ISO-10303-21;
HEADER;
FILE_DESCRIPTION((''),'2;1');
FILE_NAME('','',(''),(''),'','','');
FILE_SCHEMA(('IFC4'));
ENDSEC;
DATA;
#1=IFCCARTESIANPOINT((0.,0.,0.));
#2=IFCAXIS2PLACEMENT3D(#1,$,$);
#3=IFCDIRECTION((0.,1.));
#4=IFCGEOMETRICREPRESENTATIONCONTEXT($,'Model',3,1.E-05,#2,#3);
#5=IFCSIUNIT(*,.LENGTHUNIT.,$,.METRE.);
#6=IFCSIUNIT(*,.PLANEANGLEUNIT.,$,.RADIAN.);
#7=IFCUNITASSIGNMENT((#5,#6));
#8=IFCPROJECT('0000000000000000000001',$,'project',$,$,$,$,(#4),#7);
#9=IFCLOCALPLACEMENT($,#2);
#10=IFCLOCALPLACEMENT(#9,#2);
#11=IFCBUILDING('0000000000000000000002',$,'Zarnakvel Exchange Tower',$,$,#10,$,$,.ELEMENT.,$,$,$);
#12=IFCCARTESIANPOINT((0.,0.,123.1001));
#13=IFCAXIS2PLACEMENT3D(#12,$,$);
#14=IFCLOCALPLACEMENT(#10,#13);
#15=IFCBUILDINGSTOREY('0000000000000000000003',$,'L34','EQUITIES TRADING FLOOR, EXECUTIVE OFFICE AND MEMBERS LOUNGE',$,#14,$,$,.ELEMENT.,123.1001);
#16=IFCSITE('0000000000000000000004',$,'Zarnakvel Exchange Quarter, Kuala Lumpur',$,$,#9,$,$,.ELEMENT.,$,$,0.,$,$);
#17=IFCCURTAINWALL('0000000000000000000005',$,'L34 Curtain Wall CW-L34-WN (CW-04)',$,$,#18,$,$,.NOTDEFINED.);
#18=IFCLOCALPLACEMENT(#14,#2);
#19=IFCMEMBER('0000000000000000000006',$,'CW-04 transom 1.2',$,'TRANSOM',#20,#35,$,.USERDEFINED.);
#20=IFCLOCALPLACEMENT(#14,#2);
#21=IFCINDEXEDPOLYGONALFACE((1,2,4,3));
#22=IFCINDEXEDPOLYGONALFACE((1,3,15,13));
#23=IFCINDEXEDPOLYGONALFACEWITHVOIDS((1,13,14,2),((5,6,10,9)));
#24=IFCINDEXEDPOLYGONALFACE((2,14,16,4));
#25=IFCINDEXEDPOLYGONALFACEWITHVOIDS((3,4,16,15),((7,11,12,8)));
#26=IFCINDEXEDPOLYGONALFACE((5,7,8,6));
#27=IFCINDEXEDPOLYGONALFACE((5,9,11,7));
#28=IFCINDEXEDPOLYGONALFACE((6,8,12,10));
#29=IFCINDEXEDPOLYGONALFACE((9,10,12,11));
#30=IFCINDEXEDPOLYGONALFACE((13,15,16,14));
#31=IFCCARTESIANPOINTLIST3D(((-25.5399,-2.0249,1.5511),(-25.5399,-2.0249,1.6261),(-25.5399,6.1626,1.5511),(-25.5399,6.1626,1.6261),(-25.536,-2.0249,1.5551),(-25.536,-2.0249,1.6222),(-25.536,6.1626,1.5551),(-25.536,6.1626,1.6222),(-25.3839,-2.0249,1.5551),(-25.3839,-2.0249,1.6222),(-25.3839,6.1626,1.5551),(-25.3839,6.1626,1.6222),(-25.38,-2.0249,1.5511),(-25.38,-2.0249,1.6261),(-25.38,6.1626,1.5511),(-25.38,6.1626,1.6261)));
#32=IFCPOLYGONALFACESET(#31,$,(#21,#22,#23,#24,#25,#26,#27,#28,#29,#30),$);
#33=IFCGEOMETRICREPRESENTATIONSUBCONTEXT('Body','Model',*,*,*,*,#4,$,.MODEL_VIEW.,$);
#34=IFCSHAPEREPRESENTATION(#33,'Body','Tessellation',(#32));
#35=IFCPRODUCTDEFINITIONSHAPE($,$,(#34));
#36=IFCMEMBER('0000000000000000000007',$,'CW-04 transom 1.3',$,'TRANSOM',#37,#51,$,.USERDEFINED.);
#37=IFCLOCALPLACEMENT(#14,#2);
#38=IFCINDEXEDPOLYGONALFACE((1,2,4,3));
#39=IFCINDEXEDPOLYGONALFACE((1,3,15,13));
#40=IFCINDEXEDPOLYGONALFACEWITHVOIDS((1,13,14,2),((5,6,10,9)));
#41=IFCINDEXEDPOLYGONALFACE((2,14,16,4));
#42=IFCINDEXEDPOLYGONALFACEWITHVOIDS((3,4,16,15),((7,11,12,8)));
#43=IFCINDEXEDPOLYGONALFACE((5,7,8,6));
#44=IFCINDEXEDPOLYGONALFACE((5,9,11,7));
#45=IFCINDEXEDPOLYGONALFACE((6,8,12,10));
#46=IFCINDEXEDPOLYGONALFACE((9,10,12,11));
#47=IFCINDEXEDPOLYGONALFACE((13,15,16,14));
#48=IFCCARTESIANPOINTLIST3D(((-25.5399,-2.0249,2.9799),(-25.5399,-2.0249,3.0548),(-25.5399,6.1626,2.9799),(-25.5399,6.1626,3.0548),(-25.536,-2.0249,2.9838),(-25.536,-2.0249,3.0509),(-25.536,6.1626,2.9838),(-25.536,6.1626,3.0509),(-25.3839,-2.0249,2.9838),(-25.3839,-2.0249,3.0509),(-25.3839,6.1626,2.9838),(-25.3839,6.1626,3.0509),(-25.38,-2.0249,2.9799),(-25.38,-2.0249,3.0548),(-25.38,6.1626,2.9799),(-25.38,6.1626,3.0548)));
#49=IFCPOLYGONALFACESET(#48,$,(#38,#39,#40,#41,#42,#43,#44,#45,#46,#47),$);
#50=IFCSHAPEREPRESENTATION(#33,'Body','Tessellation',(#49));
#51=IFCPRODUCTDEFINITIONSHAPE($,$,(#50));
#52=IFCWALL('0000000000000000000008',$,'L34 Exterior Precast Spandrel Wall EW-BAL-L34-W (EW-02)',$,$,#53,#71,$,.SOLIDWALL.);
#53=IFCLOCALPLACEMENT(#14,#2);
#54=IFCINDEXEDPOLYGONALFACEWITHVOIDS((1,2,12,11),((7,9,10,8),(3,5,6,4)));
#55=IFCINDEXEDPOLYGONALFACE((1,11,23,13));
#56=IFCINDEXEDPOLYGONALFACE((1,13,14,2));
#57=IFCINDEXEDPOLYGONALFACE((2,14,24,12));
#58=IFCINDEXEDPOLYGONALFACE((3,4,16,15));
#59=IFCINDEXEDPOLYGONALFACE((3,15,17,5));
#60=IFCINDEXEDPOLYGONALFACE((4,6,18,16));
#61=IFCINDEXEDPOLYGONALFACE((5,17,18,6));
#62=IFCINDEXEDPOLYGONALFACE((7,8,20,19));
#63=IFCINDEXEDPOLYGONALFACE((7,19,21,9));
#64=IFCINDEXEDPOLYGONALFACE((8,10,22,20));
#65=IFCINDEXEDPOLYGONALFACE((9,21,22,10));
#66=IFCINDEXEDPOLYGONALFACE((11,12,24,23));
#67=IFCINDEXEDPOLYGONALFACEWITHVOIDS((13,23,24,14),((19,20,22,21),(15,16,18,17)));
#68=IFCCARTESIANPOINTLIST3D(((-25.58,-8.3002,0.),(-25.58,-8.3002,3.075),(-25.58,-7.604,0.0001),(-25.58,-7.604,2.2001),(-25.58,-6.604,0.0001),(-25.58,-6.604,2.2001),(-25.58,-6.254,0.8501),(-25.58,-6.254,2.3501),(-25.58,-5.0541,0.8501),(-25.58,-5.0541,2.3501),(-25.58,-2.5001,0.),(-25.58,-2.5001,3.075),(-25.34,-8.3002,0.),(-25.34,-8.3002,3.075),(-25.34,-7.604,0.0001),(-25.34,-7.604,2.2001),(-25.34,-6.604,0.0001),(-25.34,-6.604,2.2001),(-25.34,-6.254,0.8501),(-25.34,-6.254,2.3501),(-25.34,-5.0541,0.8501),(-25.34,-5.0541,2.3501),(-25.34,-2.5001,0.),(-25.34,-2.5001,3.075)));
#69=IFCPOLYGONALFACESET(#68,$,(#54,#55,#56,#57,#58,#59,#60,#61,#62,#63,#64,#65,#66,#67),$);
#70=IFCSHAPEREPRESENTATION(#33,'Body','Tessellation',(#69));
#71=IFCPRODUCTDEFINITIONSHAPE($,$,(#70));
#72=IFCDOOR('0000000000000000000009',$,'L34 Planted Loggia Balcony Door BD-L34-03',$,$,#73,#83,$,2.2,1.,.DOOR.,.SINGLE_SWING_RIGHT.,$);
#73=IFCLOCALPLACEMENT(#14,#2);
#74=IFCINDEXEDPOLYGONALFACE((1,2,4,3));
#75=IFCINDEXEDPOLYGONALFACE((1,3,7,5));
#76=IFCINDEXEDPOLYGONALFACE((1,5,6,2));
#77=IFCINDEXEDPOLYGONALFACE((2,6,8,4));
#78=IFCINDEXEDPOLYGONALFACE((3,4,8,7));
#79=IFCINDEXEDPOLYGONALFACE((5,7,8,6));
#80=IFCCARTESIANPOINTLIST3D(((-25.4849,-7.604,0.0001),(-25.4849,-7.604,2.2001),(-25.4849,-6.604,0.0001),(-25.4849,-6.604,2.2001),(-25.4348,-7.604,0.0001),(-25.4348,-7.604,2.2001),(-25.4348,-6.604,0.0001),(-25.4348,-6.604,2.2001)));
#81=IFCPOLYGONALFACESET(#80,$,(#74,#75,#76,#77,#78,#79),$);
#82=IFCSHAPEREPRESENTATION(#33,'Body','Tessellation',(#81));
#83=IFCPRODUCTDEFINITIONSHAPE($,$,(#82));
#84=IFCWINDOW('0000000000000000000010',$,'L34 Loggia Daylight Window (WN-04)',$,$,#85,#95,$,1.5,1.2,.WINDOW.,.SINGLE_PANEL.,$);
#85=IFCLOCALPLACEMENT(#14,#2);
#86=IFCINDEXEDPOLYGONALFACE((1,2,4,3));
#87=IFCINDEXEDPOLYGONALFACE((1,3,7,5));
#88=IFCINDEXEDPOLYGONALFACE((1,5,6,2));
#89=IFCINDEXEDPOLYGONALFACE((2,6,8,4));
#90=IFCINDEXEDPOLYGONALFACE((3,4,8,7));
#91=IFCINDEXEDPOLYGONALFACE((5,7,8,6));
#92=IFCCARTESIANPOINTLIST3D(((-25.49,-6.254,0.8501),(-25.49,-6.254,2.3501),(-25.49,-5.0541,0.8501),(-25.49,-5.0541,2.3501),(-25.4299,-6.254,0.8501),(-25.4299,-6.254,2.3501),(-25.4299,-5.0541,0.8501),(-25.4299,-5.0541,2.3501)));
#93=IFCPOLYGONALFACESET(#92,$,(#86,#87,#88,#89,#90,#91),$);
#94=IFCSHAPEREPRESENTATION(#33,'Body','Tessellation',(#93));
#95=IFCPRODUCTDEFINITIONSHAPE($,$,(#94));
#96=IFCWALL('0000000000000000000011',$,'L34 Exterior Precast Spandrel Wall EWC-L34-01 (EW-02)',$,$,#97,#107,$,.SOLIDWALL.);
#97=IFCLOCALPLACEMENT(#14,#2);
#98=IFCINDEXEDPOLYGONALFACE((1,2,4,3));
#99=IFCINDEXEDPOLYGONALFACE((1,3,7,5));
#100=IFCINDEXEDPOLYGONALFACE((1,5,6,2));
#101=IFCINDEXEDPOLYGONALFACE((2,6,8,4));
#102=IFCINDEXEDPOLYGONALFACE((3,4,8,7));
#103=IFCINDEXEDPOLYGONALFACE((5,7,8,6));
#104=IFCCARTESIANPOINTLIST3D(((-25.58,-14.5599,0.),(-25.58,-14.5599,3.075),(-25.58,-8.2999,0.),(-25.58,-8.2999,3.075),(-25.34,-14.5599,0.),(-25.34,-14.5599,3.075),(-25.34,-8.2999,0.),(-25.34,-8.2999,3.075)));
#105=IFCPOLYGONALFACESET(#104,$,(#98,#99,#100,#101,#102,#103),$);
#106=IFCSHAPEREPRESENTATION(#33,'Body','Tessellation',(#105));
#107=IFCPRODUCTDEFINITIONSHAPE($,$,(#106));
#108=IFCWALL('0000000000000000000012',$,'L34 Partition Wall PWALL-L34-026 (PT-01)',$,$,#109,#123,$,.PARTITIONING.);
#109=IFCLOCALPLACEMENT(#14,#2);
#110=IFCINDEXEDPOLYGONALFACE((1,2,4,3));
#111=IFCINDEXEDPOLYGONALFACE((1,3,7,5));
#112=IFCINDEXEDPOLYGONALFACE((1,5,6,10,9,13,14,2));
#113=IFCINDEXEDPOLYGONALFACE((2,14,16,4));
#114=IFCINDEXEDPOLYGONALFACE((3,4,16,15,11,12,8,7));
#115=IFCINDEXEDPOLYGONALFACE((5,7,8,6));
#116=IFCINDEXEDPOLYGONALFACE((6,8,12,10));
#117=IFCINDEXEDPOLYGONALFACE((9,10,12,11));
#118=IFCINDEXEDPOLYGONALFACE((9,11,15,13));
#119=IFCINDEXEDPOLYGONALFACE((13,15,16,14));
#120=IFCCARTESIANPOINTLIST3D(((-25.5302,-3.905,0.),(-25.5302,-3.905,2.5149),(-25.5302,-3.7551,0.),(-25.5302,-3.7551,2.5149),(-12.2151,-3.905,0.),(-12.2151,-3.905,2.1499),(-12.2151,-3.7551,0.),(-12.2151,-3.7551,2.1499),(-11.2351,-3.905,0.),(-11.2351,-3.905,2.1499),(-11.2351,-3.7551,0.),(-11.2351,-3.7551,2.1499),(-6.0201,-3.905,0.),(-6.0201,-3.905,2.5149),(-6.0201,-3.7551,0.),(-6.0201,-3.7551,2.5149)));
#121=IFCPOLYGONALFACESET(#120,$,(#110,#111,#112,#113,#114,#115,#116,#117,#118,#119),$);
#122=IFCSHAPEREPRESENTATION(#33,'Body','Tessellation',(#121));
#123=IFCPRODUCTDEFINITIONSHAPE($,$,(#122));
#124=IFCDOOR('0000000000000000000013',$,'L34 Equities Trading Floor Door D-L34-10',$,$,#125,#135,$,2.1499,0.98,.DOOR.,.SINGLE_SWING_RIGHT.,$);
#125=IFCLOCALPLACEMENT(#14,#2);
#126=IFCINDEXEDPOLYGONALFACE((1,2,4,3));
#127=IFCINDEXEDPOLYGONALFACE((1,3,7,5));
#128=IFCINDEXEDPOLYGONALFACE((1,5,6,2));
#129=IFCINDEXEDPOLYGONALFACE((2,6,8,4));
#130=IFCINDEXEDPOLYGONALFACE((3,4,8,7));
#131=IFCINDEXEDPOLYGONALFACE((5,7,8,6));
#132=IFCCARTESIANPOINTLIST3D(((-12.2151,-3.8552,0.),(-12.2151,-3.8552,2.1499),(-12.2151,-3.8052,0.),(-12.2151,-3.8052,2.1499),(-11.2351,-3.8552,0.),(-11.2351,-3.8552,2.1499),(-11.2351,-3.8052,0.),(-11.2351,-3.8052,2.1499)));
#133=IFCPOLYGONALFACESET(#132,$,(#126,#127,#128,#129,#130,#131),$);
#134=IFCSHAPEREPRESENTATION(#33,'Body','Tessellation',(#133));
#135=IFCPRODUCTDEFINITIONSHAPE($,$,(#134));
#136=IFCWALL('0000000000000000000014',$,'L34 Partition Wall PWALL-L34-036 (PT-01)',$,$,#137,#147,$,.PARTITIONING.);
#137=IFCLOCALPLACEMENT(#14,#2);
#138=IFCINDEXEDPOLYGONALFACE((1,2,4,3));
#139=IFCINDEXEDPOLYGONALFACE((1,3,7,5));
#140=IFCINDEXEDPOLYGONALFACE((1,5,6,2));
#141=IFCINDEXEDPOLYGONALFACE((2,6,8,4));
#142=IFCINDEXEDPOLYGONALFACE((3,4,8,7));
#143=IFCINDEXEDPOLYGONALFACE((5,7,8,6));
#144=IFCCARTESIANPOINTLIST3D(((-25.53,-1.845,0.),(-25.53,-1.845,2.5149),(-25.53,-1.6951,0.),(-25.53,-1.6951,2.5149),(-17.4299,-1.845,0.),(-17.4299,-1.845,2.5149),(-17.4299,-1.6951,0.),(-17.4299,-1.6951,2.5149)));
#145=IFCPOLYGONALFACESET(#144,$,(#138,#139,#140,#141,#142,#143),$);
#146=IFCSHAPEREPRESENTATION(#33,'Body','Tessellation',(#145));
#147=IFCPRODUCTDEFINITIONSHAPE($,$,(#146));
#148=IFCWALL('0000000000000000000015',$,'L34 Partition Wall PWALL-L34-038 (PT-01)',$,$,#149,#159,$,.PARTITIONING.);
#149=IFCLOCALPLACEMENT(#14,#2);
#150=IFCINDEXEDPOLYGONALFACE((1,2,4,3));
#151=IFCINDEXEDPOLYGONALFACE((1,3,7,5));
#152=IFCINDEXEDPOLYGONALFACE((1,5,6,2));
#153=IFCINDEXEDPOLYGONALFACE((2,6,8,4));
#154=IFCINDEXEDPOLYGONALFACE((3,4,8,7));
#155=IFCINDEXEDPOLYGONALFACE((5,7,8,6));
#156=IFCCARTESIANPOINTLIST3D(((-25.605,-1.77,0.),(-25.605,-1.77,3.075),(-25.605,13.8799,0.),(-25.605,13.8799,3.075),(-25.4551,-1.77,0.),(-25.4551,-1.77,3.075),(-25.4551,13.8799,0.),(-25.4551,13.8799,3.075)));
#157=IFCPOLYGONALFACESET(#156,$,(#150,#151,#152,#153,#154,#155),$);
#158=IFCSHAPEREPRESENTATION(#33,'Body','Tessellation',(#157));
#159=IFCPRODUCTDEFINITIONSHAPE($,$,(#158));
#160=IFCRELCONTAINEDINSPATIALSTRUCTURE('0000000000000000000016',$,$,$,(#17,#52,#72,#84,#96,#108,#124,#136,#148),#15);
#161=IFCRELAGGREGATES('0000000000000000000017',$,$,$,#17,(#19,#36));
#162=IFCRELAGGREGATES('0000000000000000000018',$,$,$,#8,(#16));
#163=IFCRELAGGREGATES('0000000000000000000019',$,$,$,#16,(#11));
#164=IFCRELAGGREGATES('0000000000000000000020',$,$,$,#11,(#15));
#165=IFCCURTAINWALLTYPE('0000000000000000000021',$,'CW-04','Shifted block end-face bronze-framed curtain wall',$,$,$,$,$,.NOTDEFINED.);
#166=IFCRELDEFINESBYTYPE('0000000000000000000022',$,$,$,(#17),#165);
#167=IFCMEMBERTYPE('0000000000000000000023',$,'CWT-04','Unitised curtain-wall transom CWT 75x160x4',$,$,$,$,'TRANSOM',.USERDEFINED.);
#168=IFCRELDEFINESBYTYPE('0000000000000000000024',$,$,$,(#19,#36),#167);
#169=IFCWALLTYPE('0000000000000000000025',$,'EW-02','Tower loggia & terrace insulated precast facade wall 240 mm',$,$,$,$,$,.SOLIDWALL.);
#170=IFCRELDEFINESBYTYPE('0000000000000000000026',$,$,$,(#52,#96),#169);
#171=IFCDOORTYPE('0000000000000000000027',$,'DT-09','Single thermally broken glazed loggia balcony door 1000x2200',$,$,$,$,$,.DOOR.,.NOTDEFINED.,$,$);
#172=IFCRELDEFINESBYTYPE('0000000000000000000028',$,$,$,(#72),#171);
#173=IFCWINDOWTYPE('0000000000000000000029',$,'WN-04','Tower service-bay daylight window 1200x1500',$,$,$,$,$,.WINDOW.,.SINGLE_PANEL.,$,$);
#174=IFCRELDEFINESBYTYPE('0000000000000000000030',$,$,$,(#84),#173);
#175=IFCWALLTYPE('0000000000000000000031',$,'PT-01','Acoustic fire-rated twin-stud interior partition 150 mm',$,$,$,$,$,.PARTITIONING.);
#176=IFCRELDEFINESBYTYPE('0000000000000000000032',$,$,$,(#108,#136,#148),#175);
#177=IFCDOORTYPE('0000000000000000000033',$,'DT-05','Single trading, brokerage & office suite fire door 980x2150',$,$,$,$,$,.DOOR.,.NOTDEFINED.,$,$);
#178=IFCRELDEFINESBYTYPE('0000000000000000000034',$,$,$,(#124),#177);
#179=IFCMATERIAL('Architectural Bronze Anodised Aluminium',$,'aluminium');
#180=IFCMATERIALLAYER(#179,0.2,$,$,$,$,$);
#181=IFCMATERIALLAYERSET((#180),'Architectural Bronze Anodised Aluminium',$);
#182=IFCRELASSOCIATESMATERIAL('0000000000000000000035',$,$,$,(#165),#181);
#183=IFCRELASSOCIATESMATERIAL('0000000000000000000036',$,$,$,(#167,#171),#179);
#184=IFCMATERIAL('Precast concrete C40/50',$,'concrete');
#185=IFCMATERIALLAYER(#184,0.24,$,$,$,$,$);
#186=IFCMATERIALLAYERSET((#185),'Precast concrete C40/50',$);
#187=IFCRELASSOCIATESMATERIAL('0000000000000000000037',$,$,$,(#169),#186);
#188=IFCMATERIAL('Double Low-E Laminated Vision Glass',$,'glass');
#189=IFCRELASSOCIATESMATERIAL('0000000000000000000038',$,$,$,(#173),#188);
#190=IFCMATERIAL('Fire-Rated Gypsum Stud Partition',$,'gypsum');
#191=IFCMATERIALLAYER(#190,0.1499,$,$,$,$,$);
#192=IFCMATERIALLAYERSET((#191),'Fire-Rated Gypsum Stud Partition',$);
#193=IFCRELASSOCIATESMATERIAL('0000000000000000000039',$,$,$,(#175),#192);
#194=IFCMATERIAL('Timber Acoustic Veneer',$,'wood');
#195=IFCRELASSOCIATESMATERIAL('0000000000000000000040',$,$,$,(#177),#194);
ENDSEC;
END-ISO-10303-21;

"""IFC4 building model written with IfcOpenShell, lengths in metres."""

from ifc_helpers import new_model, si_unit, direction, frame, frame_2d, origin, origin_2d, place, context, subcontext, project, spatial, rectangle, hollow_rectangle, extrude, source, transform, mapped, material, layer, layer_set, material_profile, profile_set, type_object, element, fill, aggregate, save


model = new_model("IFC4")

# Units and contexts
model_context = context("Model", 3, precision=1e-05, world=origin(), true_north=direction((0.0, 1.0)))
body_context = subcontext(model_context, "Body", "Model", "MODEL_VIEW")
ifc_project = project(units=[si_unit("LENGTHUNIT", "METRE"), si_unit("PLANEANGLEUNIT", "RADIAN")], contexts=[model_context])

# Site, building, storey
site_placement = place(None, origin())
site = spatial("IfcSite", under=ifc_project, at=site_placement, Name="Zarnakvel Exchange Quarter, Kuala Lumpur", CompositionType="ELEMENT", RefElevation=0.0)
building_placement = place(site_placement, origin())
building = spatial("IfcBuilding", under=site, at=building_placement, Name="Zarnakvel Exchange Tower", CompositionType="ELEMENT")
storey_placement = place(building_placement, frame((0.0, 0.0, 123.1001)))
storey = spatial("IfcBuildingStorey", under=building, at=storey_placement, Name="L34", Description="EQUITIES TRADING FLOOR, EXECUTIVE OFFICE AND MEMBERS LOUNGE", CompositionType="ELEMENT", Elevation=123.1001)

# Curtain wall, members
ifc_material_1 = material(Name="Architectural Bronze Anodised Aluminium", Category="aluminium")
ifc_layer_1 = layer(ifc_material_1, 0.2)
ifc_layer_set_1 = layer_set([ifc_layer_1], Name="Architectural Bronze Anodised Aluminium")
curtain_wall_type = type_object("IfcCurtainWallType", Name="CW-04", Description="Shifted block end-face bronze-framed curtain wall", PredefinedType="NOTDEFINED", material=ifc_layer_set_1)
curtain_wall_placement = place(storey_placement, origin())
curtain_wall = element("IfcCurtainWall", 1, at=curtain_wall_placement, inside=storey, type_object=curtain_wall_type, Name="L34 Curtain Wall CW-L34-WN (CW-04)", PredefinedType="NOTDEFINED")
ifc_material_profile_1 = material_profile(ifc_material_1, hollow_rectangle(XDim=0.1599, YDim=0.075, WallThickness=0.0039, at=origin_2d()))
ifc_profile_set_1 = profile_set([ifc_material_profile_1], Name="Architectural Bronze Anodised Aluminium")
member_type_1 = type_object("IfcMemberType", Name="CWT-04", Description="Unitised curtain-wall transom CWT 75x160x4", ElementType="TRANSOM", PredefinedType="USERDEFINED", material=ifc_profile_set_1)
shared_shape_1 = source(origin(), body_context, "Body", "SweptSolid", [
    extrude(hollow_rectangle(XDim=0.1599, YDim=0.075, WallThickness=0.0039, at=origin_2d()), origin(), (0.0, 0.0, 1.0), 8.1875),
])
member_1_placement = place(storey_placement, frame((-25.46, -2.0249, 1.5886), z_axis=(0.0, 1.0, 0.0), x_axis=(-1.0, 0.0, 0.0)))
member_1 = element("IfcMember", 2, at=member_1_placement, type_object=member_type_1, Name="CW-04 transom 1.2", ObjectType="TRANSOM", PredefinedType="USERDEFINED", context=body_context, shape_type="MappedRepresentation", body=[
    mapped(shared_shape_1, transform((0.0, 0.0, 0.0), x_axis=(1.0, 0.0, 0.0), y_axis=(0.0, 1.0, 0.0), z_axis=(0.0, 0.0, 1.0), scale=1.0)),
])
member_2_placement = place(storey_placement, frame((-25.46, -2.0249, 3.0173), z_axis=(0.0, 1.0, 0.0), x_axis=(-1.0, 0.0, 0.0)))
member_2 = element("IfcMember", 3, at=member_2_placement, type_object=member_type_1, Name="CW-04 transom 1.3", ObjectType="TRANSOM", PredefinedType="USERDEFINED", context=body_context, shape_type="MappedRepresentation", body=[
    mapped(shared_shape_1, transform((0.0, 0.0, 0.0), x_axis=(1.0, 0.0, 0.0), y_axis=(0.0, 1.0, 0.0), z_axis=(0.0, 0.0, 1.0), scale=1.0)),
])
aggregate(curtain_wall, [member_1, member_2])

# Wall, openings, door, window
ifc_material_2 = material(Name="Precast concrete C40/50", Category="concrete")
ifc_layer_2 = layer(ifc_material_2, 0.24)
ifc_layer_set_2 = layer_set([ifc_layer_2], Name="Precast concrete C40/50")
wall_type_1 = type_object("IfcWallType", Name="EW-02", Description="Tower loggia & terrace insulated precast facade wall 240 mm", PredefinedType="SOLIDWALL", material=ifc_layer_set_2)
wall_1_placement = place(storey_placement, frame((-25.46, -8.3, 0.0), z_axis=(0.0, 0.0, 1.0), x_axis=(0.0, 1.0, 0.0)))
wall_1 = element("IfcWall", 4, at=wall_1_placement, inside=storey, type_object=wall_type_1, Name="L34 Exterior Precast Spandrel Wall EW-BAL-L34-W (EW-02)", PredefinedType="SOLIDWALL", context=body_context, shape_type="SweptSolid", body=[
    extrude(rectangle(XDim=5.8, YDim=0.24, at=frame_2d((2.8999, 0.0))), origin(), (0.0, 0.0, 1.0), 3.075),
])
opening_1_placement = place(wall_1_placement, frame((0.696, 0.0, 0.0)))
opening_1 = element("IfcOpeningElement", 5, at=opening_1_placement, cuts=wall_1, PredefinedType="OPENING", context=body_context, shape_type="SweptSolid", body=[
    extrude(rectangle(XDim=1.0, YDim=2.2, at=frame_2d((0.5, 1.1001))), frame((0.0, 0.1299, 0.0), z_axis=(0.0, -1.0, 0.0), x_axis=(1.0, 0.0, 0.0)), (0.0, 0.0, 1.0), 0.26),
])
opening_2_placement = place(wall_1_placement, frame((2.0459, 0.0, 0.8501)))
opening_2 = element("IfcOpeningElement", 6, at=opening_2_placement, cuts=wall_1, PredefinedType="OPENING", context=body_context, shape_type="SweptSolid", body=[
    extrude(rectangle(XDim=1.2, YDim=1.5, at=frame_2d((0.6001, 0.75))), frame((0.0, 0.1299, 0.0), z_axis=(0.0, -1.0, 0.0), x_axis=(1.0, 0.0, 0.0)), (0.0, 0.0, 1.0), 0.26),
])
door_type_1 = type_object("IfcDoorType", Name="DT-09", Description="Single thermally broken glazed loggia balcony door 1000x2200", OperationType="NOTDEFINED", PredefinedType="DOOR", material=ifc_material_1)
shared_shape_2 = source(origin(), body_context, "Body", "SweptSolid", [
    extrude(rectangle(XDim=1.0, YDim=2.2, at=frame_2d((0.5, 1.1001))), frame((0.0, 0.0249, 0.0), z_axis=(0.0, -1.0, 0.0), x_axis=(1.0, 0.0, 0.0)), (0.0, 0.0, 1.0), 0.05),
])
door_1_placement = place(opening_1_placement, origin())
door_1 = element("IfcDoor", 7, at=door_1_placement, inside=storey, type_object=door_type_1, Name="L34 Planted Loggia Balcony Door BD-L34-03", OperationType="SINGLE_SWING_RIGHT", OverallHeight=2.2, OverallWidth=1.0, PredefinedType="DOOR", context=body_context, shape_type="MappedRepresentation", body=[
    mapped(shared_shape_2, transform((0.0, 0.0, 0.0), x_axis=(1.0, 0.0, 0.0), y_axis=(0.0, 1.0, 0.0), z_axis=(0.0, 0.0, 1.0), scale=1.0)),
])
fill(opening_1, door_1)
ifc_material_3 = material(Name="Double Low-E Laminated Vision Glass", Category="glass")
window_type = type_object("IfcWindowType", Name="WN-04", Description="Tower service-bay daylight window 1200x1500", PartitioningType="SINGLE_PANEL", PredefinedType="WINDOW", material=ifc_material_3)
shared_shape_3 = source(origin(), body_context, "Body", "SweptSolid", [
    extrude(rectangle(XDim=1.2, YDim=1.5, at=frame_2d((0.6001, 0.75))), frame((0.0, 0.03, 0.0), z_axis=(0.0, -1.0, 0.0), x_axis=(1.0, 0.0, 0.0)), (0.0, 0.0, 1.0), 0.0601),
])
window_placement = place(opening_2_placement, origin())
window = element("IfcWindow", 8, at=window_placement, inside=storey, type_object=window_type, Name="L34 Loggia Daylight Window (WN-04)", OverallHeight=1.5, OverallWidth=1.2, PartitioningType="SINGLE_PANEL", PredefinedType="WINDOW", context=body_context, shape_type="MappedRepresentation", body=[
    mapped(shared_shape_3, transform((0.0, 0.0, 0.0), x_axis=(1.0, 0.0, 0.0), y_axis=(0.0, 1.0, 0.0), z_axis=(0.0, 0.0, 1.0), scale=1.0)),
])
fill(opening_2, window)

# Wall
wall_2_placement = place(storey_placement, frame((-25.46, -8.3, 0.0), z_axis=(0.0, 0.0, 1.0), x_axis=(0.0, -1.0, 0.0)))
element("IfcWall", 9, at=wall_2_placement, inside=storey, type_object=wall_type_1, Name="L34 Exterior Precast Spandrel Wall EWC-L34-01 (EW-02)", PredefinedType="SOLIDWALL", context=body_context, shape_type="SweptSolid", body=[
    extrude(rectangle(XDim=6.26, YDim=0.24, at=frame_2d((3.1299, 0.0))), origin(), (0.0, 0.0, 1.0), 3.075),
])

# Wall, opening, door
ifc_material_4 = material(Name="Fire-Rated Gypsum Stud Partition", Category="gypsum")
ifc_layer_3 = layer(ifc_material_4, 0.1499)
ifc_layer_set_3 = layer_set([ifc_layer_3], Name="Fire-Rated Gypsum Stud Partition")
wall_type_2 = type_object("IfcWallType", Name="PT-01", Description="Acoustic fire-rated twin-stud interior partition 150 mm", PredefinedType="PARTITIONING", material=ifc_layer_set_3)
wall_3_placement = place(storey_placement, frame((-25.53, -3.8301, 0.0), z_axis=(0.0, 0.0, 1.0), x_axis=(1.0, 0.0, 0.0)))
wall_3 = element("IfcWall", 10, at=wall_3_placement, inside=storey, type_object=wall_type_2, Name="L34 Partition Wall PWALL-L34-026 (PT-01)", PredefinedType="PARTITIONING", context=body_context, shape_type="SweptSolid", body=[
    extrude(rectangle(XDim=19.51, YDim=0.1499, at=frame_2d((9.7549, 0.0))), origin(), (0.0, 0.0, 1.0), 2.5149),
])
opening_3_placement = place(wall_3_placement, frame((13.3149, 0.0, 0.0)))
opening_3 = element("IfcOpeningElement", 11, at=opening_3_placement, cuts=wall_3, PredefinedType="OPENING", context=body_context, shape_type="SweptSolid", body=[
    extrude(rectangle(XDim=0.98, YDim=2.1499, at=frame_2d((0.49, 1.075))), frame((0.0, 0.085, 0.0), z_axis=(0.0, -1.0, 0.0), x_axis=(1.0, 0.0, 0.0)), (0.0, 0.0, 1.0), 0.1699),
])
ifc_material_5 = material(Name="Timber Acoustic Veneer", Category="wood")
door_type_2 = type_object("IfcDoorType", Name="DT-05", Description="Single trading, brokerage & office suite fire door 980x2150", OperationType="NOTDEFINED", PredefinedType="DOOR", material=ifc_material_5)
shared_shape_4 = source(origin(), body_context, "Body", "SweptSolid", [
    extrude(rectangle(XDim=0.98, YDim=2.1499, at=frame_2d((0.49, 1.075))), frame((0.0, 0.0249, 0.0), z_axis=(0.0, -1.0, 0.0), x_axis=(1.0, 0.0, 0.0)), (0.0, 0.0, 1.0), 0.05),
])
door_2_placement = place(opening_3_placement, origin())
door_2 = element("IfcDoor", 12, at=door_2_placement, inside=storey, type_object=door_type_2, Name="L34 Equities Trading Floor Door D-L34-10", OperationType="SINGLE_SWING_RIGHT", OverallHeight=2.1499, OverallWidth=0.98, PredefinedType="DOOR", context=body_context, shape_type="MappedRepresentation", body=[
    mapped(shared_shape_4, transform((0.0, 0.0, 0.0), x_axis=(1.0, 0.0, 0.0), y_axis=(0.0, 1.0, 0.0), z_axis=(0.0, 0.0, 1.0), scale=1.0)),
])
fill(opening_3, door_2)

# Walls
wall_4_placement = place(storey_placement, frame((-17.4299, -1.77, 0.0), z_axis=(0.0, 0.0, 1.0), x_axis=(-1.0, 0.0, 0.0)))
element("IfcWall", 13, at=wall_4_placement, inside=storey, type_object=wall_type_2, Name="L34 Partition Wall PWALL-L34-036 (PT-01)", PredefinedType="PARTITIONING", context=body_context, shape_type="SweptSolid", body=[
    extrude(rectangle(XDim=8.1001, YDim=0.1499, at=frame_2d((4.05, 0.0))), origin(), (0.0, 0.0, 1.0), 2.5149),
])
wall_5_placement = place(storey_placement, frame((-25.53, -1.77, 0.0), z_axis=(0.0, 0.0, 1.0), x_axis=(0.0, 1.0, 0.0)))
element("IfcWall", 14, at=wall_5_placement, inside=storey, type_object=wall_type_2, Name="L34 Partition Wall PWALL-L34-038 (PT-01)", PredefinedType="PARTITIONING", context=body_context, shape_type="SweptSolid", body=[
    extrude(rectangle(XDim=15.6499, YDim=0.1499, at=frame_2d((7.825, 0.0))), origin(), (0.0, 0.0, 1.0), 3.075),
])

save(model, "model.ifc")
